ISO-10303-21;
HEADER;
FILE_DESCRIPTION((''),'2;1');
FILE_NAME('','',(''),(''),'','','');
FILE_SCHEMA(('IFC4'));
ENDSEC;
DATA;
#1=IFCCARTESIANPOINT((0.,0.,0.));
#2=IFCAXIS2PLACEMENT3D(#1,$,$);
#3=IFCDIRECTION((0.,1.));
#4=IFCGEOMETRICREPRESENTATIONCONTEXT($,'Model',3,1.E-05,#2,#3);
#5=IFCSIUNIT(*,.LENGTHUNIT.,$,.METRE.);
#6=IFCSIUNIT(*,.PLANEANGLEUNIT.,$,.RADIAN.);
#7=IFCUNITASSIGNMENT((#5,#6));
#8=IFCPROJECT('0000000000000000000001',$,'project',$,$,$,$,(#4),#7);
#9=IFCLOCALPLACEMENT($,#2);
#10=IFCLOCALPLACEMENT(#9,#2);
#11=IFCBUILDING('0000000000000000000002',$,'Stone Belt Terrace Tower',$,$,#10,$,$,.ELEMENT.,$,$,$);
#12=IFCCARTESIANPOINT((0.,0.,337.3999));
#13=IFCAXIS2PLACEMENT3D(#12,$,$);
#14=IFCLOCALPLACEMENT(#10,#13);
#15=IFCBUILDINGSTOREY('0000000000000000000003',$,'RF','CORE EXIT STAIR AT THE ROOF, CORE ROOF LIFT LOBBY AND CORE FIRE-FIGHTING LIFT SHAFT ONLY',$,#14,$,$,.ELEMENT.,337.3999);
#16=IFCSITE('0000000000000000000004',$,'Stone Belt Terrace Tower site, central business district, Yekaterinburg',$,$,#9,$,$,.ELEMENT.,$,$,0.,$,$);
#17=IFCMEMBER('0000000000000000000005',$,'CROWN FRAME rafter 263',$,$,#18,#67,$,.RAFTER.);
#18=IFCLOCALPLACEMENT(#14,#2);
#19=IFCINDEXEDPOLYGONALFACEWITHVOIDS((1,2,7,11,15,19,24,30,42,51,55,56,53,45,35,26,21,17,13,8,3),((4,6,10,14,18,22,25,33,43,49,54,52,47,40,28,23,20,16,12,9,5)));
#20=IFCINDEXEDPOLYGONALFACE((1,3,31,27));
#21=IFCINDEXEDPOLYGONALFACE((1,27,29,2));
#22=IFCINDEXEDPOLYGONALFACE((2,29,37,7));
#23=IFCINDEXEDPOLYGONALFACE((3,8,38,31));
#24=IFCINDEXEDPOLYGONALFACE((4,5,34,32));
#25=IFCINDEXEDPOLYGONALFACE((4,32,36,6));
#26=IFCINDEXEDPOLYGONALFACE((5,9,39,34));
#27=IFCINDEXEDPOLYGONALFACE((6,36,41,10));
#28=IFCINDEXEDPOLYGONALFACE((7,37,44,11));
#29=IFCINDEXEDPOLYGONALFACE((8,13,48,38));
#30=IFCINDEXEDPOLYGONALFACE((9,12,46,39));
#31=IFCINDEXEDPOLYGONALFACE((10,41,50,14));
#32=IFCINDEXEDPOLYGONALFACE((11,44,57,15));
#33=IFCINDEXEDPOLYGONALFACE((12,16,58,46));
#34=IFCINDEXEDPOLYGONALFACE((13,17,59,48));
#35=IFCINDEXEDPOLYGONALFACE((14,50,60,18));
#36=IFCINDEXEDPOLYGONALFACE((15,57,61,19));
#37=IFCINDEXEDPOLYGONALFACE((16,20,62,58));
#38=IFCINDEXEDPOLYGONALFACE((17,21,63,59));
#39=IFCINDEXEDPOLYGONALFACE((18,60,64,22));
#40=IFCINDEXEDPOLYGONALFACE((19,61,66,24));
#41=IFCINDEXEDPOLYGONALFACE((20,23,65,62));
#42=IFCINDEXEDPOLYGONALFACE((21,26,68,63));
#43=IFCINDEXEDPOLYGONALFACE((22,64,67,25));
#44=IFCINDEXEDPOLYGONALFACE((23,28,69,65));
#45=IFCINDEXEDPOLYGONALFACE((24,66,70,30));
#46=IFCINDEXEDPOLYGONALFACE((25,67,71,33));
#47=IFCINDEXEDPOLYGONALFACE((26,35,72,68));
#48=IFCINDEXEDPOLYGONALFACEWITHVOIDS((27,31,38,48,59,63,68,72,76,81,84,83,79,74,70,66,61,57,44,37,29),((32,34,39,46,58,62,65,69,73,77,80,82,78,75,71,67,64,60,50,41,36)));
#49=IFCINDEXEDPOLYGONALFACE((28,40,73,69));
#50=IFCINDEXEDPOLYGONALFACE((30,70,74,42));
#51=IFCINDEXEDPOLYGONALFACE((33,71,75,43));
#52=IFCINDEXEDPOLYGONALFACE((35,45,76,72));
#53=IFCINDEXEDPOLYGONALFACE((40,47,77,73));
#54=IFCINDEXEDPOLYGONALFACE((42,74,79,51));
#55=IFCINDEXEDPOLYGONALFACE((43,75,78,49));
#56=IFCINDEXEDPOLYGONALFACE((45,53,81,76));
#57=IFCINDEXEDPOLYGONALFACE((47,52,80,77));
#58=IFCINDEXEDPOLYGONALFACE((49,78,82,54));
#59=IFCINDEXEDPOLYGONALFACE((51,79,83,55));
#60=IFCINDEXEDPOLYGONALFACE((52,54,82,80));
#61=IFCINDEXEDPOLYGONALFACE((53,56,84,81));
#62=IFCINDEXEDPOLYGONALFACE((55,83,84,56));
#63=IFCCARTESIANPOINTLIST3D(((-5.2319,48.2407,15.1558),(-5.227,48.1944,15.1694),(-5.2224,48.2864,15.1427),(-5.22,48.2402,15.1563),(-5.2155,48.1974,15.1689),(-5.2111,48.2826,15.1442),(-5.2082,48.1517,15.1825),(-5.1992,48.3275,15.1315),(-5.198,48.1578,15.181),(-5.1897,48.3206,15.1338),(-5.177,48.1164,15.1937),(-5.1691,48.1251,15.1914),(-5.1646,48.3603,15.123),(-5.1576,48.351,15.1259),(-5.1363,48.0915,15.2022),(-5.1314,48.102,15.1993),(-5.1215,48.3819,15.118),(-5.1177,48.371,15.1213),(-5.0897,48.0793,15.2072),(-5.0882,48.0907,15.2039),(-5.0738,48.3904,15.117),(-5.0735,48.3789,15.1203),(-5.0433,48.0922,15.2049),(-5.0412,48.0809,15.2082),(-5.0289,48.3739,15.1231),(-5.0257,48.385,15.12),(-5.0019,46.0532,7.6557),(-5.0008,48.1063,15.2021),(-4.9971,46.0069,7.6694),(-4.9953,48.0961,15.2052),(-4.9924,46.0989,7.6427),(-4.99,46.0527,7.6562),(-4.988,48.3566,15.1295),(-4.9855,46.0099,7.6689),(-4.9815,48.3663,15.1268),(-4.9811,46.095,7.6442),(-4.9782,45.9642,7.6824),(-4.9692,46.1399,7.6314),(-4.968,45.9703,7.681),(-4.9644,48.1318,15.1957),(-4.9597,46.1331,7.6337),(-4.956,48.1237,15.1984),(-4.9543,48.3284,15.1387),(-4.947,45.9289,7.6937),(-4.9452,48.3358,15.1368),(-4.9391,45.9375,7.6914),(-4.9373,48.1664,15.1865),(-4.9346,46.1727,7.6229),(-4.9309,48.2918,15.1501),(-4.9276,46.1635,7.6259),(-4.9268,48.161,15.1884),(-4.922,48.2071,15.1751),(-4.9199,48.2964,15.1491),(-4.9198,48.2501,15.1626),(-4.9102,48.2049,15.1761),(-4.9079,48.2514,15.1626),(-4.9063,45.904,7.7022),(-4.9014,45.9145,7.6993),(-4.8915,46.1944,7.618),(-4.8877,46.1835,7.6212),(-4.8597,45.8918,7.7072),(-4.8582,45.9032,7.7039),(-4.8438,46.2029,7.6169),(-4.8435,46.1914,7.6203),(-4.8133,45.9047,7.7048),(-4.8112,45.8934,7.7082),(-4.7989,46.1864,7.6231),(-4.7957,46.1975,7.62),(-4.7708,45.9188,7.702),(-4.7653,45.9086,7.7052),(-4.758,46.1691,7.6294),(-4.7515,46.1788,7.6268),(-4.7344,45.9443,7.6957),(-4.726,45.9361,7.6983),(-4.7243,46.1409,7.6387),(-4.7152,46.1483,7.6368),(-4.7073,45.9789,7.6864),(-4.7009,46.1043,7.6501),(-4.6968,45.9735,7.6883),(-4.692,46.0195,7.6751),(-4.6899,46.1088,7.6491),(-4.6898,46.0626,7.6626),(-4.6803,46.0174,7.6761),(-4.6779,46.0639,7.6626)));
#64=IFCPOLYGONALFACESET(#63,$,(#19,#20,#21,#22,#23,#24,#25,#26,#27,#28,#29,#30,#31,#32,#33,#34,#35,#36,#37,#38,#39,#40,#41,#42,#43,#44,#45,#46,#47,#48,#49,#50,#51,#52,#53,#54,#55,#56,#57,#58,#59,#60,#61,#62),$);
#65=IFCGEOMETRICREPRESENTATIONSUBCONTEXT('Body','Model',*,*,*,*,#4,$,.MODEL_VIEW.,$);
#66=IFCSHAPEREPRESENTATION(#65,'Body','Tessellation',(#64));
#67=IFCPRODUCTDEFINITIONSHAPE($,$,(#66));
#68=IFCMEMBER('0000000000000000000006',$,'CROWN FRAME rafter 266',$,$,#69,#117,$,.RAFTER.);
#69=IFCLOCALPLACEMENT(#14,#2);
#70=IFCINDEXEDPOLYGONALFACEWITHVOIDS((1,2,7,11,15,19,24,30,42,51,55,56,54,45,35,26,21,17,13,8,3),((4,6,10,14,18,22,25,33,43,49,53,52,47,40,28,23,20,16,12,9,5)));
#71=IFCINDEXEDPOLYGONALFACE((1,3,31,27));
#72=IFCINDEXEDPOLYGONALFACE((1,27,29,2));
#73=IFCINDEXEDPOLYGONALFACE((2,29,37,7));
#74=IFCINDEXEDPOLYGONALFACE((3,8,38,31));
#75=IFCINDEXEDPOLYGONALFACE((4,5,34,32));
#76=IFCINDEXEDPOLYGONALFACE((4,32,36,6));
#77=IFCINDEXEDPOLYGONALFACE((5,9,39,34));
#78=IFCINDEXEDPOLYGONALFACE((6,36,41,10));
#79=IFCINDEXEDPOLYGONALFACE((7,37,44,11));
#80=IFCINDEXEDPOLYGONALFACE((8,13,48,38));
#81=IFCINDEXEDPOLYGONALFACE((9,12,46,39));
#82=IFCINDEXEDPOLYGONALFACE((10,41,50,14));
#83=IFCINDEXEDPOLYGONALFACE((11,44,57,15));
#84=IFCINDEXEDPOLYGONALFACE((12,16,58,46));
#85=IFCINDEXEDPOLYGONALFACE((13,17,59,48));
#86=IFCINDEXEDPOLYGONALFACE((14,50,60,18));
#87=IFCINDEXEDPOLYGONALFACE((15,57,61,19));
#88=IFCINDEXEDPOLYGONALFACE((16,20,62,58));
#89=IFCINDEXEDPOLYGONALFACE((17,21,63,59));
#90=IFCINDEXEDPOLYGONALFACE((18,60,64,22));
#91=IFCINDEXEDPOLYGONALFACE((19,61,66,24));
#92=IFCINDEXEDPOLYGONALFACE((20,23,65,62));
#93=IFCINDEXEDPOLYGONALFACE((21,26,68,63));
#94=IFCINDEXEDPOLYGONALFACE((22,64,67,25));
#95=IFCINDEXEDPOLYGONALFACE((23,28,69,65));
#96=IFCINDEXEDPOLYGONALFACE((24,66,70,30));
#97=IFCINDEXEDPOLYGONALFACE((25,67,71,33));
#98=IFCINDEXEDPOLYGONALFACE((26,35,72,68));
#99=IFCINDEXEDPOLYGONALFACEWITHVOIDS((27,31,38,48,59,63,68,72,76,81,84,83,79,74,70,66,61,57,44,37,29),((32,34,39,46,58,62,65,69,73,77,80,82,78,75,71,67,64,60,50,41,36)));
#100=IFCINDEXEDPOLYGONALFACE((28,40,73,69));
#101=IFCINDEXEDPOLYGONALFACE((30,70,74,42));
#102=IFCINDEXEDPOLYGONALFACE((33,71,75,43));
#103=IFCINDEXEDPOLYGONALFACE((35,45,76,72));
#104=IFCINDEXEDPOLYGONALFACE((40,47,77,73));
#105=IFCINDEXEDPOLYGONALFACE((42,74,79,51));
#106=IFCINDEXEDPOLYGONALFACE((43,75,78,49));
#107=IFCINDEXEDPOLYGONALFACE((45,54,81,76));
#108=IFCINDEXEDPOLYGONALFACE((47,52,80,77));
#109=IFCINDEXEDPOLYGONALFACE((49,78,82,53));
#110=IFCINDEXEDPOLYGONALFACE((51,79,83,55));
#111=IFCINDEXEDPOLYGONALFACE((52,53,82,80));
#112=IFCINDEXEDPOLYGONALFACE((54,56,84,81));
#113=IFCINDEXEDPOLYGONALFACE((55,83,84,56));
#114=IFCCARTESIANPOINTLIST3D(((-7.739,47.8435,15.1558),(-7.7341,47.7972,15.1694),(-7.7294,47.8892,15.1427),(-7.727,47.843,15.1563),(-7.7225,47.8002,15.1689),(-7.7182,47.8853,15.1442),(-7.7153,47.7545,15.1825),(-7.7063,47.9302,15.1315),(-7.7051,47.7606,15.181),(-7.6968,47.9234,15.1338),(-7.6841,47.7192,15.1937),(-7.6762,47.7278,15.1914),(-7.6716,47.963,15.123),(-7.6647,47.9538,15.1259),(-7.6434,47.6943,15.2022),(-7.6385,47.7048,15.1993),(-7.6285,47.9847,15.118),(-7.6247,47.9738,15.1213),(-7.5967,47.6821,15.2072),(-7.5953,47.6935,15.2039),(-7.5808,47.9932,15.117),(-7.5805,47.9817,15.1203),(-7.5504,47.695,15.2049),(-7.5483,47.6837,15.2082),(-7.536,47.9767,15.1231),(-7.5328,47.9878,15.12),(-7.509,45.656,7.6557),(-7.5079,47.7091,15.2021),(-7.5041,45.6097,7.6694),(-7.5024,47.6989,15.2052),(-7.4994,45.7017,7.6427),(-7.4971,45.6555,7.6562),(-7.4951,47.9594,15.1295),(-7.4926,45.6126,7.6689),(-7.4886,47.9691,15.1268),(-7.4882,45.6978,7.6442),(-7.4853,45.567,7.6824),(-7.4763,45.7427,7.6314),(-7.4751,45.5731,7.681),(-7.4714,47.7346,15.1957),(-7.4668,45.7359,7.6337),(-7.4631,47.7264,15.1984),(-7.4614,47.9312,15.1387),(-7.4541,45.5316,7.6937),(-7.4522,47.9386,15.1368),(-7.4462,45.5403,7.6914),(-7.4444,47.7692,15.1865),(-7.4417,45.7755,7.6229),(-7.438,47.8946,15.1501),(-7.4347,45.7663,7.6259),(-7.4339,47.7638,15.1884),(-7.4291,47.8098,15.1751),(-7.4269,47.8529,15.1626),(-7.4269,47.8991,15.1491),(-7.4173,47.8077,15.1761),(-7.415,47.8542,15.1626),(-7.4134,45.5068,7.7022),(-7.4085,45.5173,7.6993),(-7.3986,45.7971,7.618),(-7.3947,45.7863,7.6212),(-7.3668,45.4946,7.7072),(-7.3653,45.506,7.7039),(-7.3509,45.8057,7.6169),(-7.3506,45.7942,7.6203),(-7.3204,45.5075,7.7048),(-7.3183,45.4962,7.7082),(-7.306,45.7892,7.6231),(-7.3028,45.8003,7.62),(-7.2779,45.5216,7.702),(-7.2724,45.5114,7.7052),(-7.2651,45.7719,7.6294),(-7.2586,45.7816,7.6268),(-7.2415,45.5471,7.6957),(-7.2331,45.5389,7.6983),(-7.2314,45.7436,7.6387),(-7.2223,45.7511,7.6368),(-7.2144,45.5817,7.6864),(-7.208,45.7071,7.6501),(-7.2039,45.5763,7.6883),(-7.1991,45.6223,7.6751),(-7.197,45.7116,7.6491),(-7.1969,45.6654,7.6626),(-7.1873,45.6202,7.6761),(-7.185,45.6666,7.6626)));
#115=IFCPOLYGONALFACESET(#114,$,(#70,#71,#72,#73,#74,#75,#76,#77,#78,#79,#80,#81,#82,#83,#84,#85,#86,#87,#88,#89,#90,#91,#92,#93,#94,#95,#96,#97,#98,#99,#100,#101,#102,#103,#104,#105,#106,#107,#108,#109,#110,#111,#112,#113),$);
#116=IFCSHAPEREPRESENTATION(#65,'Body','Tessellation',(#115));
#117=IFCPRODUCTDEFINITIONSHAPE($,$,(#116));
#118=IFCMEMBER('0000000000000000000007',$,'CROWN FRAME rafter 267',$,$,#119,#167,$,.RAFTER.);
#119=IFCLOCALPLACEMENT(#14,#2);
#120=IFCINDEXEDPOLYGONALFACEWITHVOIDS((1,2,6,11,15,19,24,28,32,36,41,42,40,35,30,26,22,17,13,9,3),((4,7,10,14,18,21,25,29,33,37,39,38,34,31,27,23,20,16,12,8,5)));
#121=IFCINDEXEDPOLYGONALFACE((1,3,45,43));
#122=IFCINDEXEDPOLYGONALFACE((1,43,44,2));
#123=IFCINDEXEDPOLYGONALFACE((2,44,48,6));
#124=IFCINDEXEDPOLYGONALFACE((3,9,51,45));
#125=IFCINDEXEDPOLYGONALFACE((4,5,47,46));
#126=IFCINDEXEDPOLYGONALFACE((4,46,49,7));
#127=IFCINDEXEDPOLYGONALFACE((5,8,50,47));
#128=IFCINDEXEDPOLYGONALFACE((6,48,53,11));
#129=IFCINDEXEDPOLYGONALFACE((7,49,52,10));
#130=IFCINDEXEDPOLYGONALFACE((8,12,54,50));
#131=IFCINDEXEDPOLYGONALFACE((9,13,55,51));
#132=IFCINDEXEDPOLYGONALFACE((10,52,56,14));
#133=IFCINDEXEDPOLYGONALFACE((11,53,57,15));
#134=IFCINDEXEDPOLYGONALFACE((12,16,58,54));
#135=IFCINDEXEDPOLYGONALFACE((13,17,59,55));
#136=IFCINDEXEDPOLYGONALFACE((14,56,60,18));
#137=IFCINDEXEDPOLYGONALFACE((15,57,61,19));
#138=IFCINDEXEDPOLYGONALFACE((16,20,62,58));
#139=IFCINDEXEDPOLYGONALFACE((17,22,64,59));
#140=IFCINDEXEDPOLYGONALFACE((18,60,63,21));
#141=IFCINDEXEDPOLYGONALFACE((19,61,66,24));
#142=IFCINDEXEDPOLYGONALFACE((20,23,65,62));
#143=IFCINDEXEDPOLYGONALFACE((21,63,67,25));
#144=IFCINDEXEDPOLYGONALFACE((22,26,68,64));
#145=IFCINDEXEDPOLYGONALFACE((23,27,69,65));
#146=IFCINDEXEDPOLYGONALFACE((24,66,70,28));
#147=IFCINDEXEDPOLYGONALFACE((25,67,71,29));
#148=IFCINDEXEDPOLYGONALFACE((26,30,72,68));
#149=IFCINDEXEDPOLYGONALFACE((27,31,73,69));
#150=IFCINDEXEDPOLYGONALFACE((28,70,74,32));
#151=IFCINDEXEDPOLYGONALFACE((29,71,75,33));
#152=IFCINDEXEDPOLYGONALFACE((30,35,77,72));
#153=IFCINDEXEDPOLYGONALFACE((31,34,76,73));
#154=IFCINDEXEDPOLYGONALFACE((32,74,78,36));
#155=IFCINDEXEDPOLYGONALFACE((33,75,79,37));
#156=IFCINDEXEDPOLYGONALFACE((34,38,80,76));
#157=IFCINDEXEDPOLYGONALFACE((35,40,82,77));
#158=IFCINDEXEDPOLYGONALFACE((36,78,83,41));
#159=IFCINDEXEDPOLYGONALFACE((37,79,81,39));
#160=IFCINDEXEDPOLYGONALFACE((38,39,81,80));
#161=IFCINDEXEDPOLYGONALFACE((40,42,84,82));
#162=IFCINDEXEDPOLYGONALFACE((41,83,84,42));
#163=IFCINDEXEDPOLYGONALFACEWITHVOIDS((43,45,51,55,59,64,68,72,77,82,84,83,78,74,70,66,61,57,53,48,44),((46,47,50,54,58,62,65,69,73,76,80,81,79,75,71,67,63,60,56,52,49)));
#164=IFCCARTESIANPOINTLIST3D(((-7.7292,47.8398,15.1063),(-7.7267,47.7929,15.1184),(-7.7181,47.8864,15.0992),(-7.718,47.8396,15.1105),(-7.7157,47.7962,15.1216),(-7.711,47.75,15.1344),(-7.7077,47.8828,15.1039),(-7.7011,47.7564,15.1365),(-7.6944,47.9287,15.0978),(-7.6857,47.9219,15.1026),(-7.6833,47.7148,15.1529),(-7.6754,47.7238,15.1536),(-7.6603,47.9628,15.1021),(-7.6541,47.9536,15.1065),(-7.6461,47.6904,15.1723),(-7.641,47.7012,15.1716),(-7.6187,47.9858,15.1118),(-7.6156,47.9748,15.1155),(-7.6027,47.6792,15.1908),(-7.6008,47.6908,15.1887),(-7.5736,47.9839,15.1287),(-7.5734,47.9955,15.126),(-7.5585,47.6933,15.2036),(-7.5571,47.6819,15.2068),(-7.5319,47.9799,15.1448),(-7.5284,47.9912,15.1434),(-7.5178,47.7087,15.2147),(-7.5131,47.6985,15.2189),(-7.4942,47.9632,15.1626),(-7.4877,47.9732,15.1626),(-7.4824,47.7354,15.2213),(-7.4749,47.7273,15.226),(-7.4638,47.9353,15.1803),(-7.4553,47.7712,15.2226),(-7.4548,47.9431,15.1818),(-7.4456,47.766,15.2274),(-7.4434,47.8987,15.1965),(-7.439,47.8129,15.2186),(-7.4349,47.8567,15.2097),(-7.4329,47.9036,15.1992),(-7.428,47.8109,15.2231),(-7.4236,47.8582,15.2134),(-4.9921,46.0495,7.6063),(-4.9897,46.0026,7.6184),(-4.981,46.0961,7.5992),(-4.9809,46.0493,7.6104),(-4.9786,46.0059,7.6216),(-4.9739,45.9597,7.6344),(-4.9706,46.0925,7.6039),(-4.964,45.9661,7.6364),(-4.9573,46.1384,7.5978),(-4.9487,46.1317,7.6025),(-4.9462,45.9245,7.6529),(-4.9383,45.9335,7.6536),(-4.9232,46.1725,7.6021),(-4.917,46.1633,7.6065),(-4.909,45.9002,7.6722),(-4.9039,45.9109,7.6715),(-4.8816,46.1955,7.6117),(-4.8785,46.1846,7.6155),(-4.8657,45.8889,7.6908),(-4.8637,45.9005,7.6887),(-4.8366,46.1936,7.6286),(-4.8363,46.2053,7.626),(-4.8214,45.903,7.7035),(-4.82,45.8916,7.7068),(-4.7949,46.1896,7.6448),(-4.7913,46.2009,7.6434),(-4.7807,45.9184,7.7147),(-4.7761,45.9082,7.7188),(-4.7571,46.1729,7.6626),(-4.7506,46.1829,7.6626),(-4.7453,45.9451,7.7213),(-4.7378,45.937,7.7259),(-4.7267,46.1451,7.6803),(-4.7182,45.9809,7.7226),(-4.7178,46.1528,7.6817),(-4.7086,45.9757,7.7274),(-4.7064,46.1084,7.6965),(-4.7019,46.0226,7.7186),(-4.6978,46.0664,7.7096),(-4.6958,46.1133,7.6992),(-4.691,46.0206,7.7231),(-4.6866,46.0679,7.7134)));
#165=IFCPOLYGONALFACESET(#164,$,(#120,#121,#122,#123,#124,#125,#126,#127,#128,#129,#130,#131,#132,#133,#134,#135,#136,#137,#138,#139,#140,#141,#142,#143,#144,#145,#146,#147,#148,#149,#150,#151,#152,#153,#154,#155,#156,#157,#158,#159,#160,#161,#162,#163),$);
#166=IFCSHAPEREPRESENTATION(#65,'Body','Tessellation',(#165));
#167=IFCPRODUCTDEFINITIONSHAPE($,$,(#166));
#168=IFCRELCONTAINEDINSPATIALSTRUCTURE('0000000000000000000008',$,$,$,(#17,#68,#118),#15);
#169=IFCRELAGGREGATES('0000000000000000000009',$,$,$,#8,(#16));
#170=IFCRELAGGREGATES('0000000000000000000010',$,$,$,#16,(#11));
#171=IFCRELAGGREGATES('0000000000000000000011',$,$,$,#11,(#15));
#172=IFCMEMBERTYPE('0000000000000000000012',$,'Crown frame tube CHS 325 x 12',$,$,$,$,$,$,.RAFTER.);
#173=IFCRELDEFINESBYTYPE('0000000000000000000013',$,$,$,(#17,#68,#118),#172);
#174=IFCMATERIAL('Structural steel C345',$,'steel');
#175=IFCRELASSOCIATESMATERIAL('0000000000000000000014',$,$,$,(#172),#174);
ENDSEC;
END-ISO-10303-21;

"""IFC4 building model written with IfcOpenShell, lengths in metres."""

from ifc_helpers import new_model, si_unit, direction, frame, origin, origin_2d, place, context, subcontext, project, spatial, hollow_circle, extrude, material, material_profile, profile_set, type_object, element, save


model = new_model("IFC4")

# Units and contexts
model_context = context("Model", 3, precision=1e-05, world=origin(), true_north=direction((0.0, 1.0)))
body_context = subcontext(model_context, "Body", "Model", "MODEL_VIEW")
ifc_project = project(units=[si_unit("LENGTHUNIT", "METRE"), si_unit("PLANEANGLEUNIT", "RADIAN")], contexts=[model_context])

# Site, building, storey
site_placement = place(None, origin())
site = spatial("IfcSite", under=ifc_project, at=site_placement, Name="Stone Belt Terrace Tower site, central business district, Yekaterinburg", CompositionType="ELEMENT", RefElevation=0.0)
building_placement = place(site_placement, origin())
building = spatial("IfcBuilding", under=site, at=building_placement, Name="Stone Belt Terrace Tower", CompositionType="ELEMENT")
storey_placement = place(building_placement, frame((0.0, 0.0, 337.3999)))
storey = spatial("IfcBuildingStorey", under=building, at=storey_placement, Name="RF", Description="CORE EXIT STAIR AT THE ROOF, CORE ROOF LIFT LOBBY AND CORE FIRE-FIGHTING LIFT SHAFT ONLY", CompositionType="ELEMENT", Elevation=337.3999)

# Members
ifc_material_1 = material(Name="Structural steel C345", Category="steel")
ifc_material_profile_1 = material_profile(ifc_material_1, hollow_circle(Radius=0.1626, WallThickness=0.012, at=origin_2d()), Name="Structural steel C345 CHS 325x12")
ifc_profile_set_1 = profile_set([ifc_material_profile_1], Name="Structural steel C345")
member_type_1 = type_object("IfcMemberType", Name="Crown frame tube CHS 325 x 12", PredefinedType="RAFTER", material=ifc_profile_set_1)
for number, where, z_axis, x_axis, name in (
    (1, (-5.0696, 48.2344, 15.1626), (0.029425, -0.279879, -0.959584), (0.994519, 0.104558, 0.0), "CROWN FRAME rafter 263"),
    (2, (-7.5767, 47.8372, 15.1626), (0.029425, -0.279879, -0.959584), (0.994519, 0.104558, 0.0), "CROWN FRAME rafter 266"),
):
    element("IfcMember", number, at=place(storey_placement, frame(where, z_axis=z_axis, x_axis=x_axis)), inside=storey, type_object=member_type_1, Name=name, PredefinedType="RAFTER", context=body_context, shape_type="SweptSolid", body=[
        extrude(hollow_circle(Radius=0.1626, WallThickness=0.012, at=origin_2d()), origin(), (0.0, 0.0, 1.0), 7.8159),
    ])
member_1_placement = place(storey_placement, frame((-7.5767, 47.8372, 15.1626), z_axis=(0.334518, -0.218805, -0.916636), x_axis=(0.547392, 0.836876, 0.0)))
element("IfcMember", 3, at=member_1_placement, inside=storey, type_object=member_type_1, Name="CROWN FRAME rafter 267", PredefinedType="RAFTER", context=body_context, shape_type="SweptSolid", body=[
    extrude(hollow_circle(Radius=0.1626, WallThickness=0.012, at=origin_2d()), origin(), (0.0, 0.0, 1.0), 8.1821),
])

save(model, "model.ifc")
